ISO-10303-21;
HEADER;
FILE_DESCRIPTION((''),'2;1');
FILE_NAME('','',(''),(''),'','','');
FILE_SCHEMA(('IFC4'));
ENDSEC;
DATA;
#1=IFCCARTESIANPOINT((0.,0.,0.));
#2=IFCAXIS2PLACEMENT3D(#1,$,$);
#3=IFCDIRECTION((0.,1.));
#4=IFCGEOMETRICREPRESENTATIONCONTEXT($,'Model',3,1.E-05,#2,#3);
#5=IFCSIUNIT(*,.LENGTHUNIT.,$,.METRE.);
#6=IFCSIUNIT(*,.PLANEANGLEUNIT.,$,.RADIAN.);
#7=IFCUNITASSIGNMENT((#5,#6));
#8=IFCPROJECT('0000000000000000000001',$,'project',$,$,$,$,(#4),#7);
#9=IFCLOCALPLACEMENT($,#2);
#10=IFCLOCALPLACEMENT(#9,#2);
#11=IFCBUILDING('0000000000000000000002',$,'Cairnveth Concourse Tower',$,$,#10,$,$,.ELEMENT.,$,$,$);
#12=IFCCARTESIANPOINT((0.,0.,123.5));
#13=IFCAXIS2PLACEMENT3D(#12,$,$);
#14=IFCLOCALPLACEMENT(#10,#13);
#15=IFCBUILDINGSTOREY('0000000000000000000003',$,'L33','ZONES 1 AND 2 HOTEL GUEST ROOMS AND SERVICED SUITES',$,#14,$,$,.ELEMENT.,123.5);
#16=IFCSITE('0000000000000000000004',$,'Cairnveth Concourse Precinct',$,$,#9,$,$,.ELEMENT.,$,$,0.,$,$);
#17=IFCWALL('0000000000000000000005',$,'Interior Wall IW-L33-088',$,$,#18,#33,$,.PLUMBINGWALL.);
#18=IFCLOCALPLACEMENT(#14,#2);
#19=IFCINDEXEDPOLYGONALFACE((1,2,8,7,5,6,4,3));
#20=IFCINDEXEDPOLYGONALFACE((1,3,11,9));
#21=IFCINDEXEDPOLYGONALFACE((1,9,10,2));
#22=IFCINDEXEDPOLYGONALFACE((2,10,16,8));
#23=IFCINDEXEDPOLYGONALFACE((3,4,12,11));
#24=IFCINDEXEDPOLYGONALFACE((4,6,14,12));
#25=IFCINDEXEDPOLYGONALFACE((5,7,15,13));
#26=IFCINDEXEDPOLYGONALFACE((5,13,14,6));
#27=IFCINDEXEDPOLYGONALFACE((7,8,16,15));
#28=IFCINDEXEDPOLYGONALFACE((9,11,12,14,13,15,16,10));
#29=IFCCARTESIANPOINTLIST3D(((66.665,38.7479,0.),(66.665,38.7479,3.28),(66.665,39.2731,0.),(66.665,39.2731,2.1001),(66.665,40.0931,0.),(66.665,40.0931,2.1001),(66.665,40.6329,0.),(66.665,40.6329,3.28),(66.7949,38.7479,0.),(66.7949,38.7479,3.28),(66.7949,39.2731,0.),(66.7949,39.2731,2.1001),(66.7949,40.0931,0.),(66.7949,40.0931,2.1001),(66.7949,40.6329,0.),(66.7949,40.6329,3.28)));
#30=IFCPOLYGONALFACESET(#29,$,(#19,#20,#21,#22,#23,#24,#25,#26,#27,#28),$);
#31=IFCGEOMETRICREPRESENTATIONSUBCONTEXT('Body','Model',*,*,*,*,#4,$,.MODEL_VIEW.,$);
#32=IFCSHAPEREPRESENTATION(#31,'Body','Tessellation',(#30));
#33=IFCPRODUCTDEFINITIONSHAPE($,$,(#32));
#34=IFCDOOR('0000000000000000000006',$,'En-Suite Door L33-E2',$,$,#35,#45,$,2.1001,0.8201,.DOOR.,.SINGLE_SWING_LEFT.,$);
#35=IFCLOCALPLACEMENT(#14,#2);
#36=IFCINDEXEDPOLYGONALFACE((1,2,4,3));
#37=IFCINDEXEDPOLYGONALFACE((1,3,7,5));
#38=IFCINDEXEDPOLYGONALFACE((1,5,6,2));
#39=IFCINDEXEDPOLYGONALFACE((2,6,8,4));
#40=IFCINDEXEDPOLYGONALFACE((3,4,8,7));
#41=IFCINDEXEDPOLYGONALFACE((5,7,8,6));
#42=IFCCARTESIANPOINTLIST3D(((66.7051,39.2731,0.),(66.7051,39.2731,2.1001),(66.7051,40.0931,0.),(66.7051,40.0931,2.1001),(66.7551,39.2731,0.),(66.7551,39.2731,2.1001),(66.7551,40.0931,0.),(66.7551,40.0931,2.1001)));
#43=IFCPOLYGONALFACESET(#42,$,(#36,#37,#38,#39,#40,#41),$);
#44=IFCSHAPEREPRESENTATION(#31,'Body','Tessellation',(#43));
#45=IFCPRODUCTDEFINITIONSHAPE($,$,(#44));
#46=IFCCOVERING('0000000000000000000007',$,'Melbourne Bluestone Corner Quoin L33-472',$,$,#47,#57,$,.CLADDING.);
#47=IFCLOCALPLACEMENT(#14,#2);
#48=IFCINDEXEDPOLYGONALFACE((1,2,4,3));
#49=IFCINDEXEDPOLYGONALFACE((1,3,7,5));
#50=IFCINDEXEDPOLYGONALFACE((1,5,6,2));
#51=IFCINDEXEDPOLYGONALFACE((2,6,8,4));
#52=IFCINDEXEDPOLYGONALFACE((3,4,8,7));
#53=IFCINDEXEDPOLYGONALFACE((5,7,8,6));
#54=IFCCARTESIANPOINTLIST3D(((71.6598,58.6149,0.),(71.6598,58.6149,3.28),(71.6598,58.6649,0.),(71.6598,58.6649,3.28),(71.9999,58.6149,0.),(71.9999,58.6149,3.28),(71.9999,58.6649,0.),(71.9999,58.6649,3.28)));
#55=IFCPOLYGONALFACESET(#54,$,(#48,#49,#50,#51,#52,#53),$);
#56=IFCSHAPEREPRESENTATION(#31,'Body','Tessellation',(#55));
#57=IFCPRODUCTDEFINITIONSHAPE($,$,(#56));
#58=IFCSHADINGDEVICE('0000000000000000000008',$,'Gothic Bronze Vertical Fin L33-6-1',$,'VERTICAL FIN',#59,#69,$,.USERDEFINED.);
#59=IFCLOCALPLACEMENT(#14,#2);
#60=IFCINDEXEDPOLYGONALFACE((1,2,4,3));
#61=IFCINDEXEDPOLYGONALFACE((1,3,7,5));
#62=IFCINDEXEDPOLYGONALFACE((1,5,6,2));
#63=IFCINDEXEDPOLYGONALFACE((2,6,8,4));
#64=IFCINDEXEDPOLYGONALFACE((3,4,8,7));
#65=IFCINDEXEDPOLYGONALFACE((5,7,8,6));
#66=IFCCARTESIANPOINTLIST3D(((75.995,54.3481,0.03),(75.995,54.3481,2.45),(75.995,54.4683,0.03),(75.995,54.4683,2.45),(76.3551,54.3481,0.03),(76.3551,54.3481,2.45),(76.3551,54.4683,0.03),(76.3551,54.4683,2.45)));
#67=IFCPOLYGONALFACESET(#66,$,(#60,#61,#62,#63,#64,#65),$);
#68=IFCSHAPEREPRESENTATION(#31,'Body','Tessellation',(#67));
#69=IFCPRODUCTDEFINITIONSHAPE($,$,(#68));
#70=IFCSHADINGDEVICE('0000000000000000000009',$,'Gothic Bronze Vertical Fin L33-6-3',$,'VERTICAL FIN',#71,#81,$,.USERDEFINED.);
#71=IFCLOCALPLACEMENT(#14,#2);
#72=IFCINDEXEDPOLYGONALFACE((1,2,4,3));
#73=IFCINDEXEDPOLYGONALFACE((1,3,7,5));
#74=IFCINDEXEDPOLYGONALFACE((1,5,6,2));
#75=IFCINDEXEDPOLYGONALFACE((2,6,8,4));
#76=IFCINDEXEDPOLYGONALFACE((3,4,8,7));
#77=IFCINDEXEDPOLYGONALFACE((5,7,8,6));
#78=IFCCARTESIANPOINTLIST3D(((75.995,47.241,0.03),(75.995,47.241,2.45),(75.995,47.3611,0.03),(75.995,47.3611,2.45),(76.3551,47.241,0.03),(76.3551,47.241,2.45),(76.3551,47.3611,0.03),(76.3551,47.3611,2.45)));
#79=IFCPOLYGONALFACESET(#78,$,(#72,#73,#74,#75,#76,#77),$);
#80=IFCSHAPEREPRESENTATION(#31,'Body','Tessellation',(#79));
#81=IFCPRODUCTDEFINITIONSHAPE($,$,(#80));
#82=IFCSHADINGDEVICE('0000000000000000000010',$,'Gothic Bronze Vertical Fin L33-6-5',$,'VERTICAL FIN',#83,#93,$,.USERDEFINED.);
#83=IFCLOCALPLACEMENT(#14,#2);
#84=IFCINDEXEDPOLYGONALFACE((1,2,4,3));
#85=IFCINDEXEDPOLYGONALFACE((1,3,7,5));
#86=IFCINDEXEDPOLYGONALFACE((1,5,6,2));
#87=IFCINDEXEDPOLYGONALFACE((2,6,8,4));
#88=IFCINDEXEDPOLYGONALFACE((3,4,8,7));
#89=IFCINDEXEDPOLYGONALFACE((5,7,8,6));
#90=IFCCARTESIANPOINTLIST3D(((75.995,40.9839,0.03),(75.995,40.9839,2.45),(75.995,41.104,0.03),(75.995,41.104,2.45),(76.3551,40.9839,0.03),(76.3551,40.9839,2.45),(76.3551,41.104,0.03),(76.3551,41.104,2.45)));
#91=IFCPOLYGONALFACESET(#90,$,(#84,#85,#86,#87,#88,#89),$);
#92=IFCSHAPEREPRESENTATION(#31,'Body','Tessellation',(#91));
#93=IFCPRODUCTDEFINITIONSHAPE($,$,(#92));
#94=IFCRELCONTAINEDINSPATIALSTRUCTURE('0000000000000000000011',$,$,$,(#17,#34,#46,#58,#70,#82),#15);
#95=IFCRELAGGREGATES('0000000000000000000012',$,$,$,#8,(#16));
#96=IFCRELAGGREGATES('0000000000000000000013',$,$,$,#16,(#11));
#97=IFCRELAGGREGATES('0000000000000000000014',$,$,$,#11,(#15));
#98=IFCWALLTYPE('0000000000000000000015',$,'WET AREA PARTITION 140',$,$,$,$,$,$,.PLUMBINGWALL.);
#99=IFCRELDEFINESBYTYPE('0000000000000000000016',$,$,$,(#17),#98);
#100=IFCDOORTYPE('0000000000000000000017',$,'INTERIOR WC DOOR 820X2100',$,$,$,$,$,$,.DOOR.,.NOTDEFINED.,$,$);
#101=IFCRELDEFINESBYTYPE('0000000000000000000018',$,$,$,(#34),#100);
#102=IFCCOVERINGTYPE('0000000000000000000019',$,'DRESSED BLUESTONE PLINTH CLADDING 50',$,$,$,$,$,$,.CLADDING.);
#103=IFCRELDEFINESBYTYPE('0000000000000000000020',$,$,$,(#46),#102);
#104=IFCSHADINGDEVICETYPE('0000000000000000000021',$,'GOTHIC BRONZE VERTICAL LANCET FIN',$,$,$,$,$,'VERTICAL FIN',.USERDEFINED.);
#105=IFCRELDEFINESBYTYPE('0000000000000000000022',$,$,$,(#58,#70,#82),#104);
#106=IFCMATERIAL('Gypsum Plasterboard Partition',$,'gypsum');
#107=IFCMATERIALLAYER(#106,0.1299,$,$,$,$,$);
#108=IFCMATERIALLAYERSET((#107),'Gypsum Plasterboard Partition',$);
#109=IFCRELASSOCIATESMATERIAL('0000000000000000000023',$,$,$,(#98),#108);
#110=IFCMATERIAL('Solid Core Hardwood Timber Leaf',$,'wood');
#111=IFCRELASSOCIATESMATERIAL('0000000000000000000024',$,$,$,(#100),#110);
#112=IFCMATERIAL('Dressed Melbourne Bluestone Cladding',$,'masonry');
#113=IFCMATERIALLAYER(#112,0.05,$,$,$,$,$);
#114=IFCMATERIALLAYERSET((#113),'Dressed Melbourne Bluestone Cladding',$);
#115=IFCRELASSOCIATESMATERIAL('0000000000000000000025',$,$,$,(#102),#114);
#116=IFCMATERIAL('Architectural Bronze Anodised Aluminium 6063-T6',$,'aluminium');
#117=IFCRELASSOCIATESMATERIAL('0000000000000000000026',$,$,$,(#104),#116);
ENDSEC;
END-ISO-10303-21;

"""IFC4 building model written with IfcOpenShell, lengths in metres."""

from ifc_helpers import new_model, si_unit, direction, frame, frame_2d, origin, origin_2d, place, context, subcontext, project, spatial, rectangle, extrude, material, layer, layer_set, type_object, element, fill, save


model = new_model("IFC4")

# Units and contexts
model_context = context("Model", 3, precision=1e-05, world=origin(), true_north=direction((0.0, 1.0)))
body_context = subcontext(model_context, "Body", "Model", "MODEL_VIEW")
ifc_project = project(units=[si_unit("LENGTHUNIT", "METRE"), si_unit("PLANEANGLEUNIT", "RADIAN")], contexts=[model_context])

# Site, building, storey
site_placement = place(None, origin())
site = spatial("IfcSite", under=ifc_project, at=site_placement, Name="Cairnveth Concourse Precinct", CompositionType="ELEMENT", RefElevation=0.0)
building_placement = place(site_placement, origin())
building = spatial("IfcBuilding", under=site, at=building_placement, Name="Cairnveth Concourse Tower", CompositionType="ELEMENT")
storey_placement = place(building_placement, frame((0.0, 0.0, 123.5)))
storey = spatial("IfcBuildingStorey", under=building, at=storey_placement, Name="L33", Description="ZONES 1 AND 2 HOTEL GUEST ROOMS AND SERVICED SUITES", CompositionType="ELEMENT", Elevation=123.5)

# Shared definitions
ifc_material_1 = material(Name="Gypsum Plasterboard Partition", Category="gypsum")

# Shared definitions
ifc_layer_1 = layer(ifc_material_1, 0.1299)
ifc_layer_set_1 = layer_set([ifc_layer_1], Name="Gypsum Plasterboard Partition")
wall_type_1 = type_object("IfcWallType", Name="WET AREA PARTITION 140", PredefinedType="PLUMBINGWALL", material=ifc_layer_set_1)

# Wall, opening, door
wall_1_placement = place(storey_placement, frame((66.73, 38.748, 0.0), z_axis=(0.0, 0.0, 1.0), x_axis=(0.0, 1.0, 0.0)))
wall_1 = element("IfcWall", 1, at=wall_1_placement, inside=storey, type_object=wall_type_1, Name="Interior Wall IW-L33-088", PredefinedType="PLUMBINGWALL", context=body_context, shape_type="SweptSolid", body=[
    extrude(rectangle(XDim=1.885, YDim=0.1299, at=frame_2d((0.9424, 0.0))), origin(), (0.0, 0.0, 1.0), 3.28),
])
opening_1_placement = place(wall_1_placement, frame((0.5249, 0.0, 0.0)))
opening_1 = element("IfcOpeningElement", 2, at=opening_1_placement, cuts=wall_1, PredefinedType="OPENING", context=body_context, shape_type="SweptSolid", body=[
    extrude(rectangle(XDim=0.8201, YDim=2.1001, at=frame_2d((0.4102, 1.05))), frame((0.0, 0.075, 0.0), z_axis=(0.0, -1.0, 0.0), x_axis=(1.0, 0.0, 0.0)), (0.0, 0.0, 1.0), 0.1499),
])
ifc_material_2 = material(Name="Solid Core Hardwood Timber Leaf", Category="wood")
door_type_1 = type_object("IfcDoorType", Name="INTERIOR WC DOOR 820X2100", OperationType="NOTDEFINED", PredefinedType="DOOR", material=ifc_material_2)
door_1_placement = place(opening_1_placement, origin())
door_1 = element("IfcDoor", 3, at=door_1_placement, inside=storey, type_object=door_type_1, Name="En-Suite Door L33-E2", OperationType="SINGLE_SWING_LEFT", OverallHeight=2.1001, OverallWidth=0.8201, PredefinedType="DOOR", context=body_context, shape_type="SweptSolid", body=[
    extrude(rectangle(XDim=0.8201, YDim=2.1001, at=frame_2d((0.4102, 1.05))), frame((0.0, 0.0249, 0.0), z_axis=(0.0, -1.0, 0.0), x_axis=(1.0, 0.0, 0.0)), (0.0, 0.0, 1.0), 0.05),
])
fill(opening_1, door_1)

# Covering
ifc_material_3 = material(Name="Dressed Melbourne Bluestone Cladding", Category="masonry")
ifc_layer_2 = layer(ifc_material_3, 0.05)
ifc_layer_set_2 = layer_set([ifc_layer_2], Name="Dressed Melbourne Bluestone Cladding")
covering_type = type_object("IfcCoveringType", Name="DRESSED BLUESTONE PLINTH CLADDING 50", PredefinedType="CLADDING", material=ifc_layer_set_2)
covering_placement = place(storey_placement, frame((71.6599, 58.6399, 0.0), z_axis=(0.0, 0.0, 1.0), x_axis=(1.0, 0.0, 0.0)))
element("IfcCovering", 4, at=covering_placement, inside=storey, type_object=covering_type, Name="Melbourne Bluestone Corner Quoin L33-472", PredefinedType="CLADDING", context=body_context, shape_type="SweptSolid", body=[
    extrude(rectangle(XDim=0.3401, YDim=0.05, at=frame_2d((0.1699, 0.0))), origin(), (0.0, 0.0, 1.0), 3.28),
])

# Shading devices
ifc_material_4 = material(Name="Architectural Bronze Anodised Aluminium 6063-T6", Category="aluminium")
shading_device_type = type_object("IfcShadingDeviceType", Name="GOTHIC BRONZE VERTICAL LANCET FIN", ElementType="VERTICAL FIN", PredefinedType="USERDEFINED", material=ifc_material_4)
for number, where, z_axis, x_axis, name in (
    (5, (76.175, 54.4082, 0.03), (0.0, 0.0, 1.0), (0.0, 1.0, 0.0), "Gothic Bronze Vertical Fin L33-6-1"),
    (6, (76.175, 47.301, 0.03), (0.0, 0.0, 1.0), (0.0, 1.0, 0.0), "Gothic Bronze Vertical Fin L33-6-3"),
    (7, (76.175, 41.0439, 0.03), (0.0, 0.0, 1.0), (0.0, 1.0, 0.0), "Gothic Bronze Vertical Fin L33-6-5"),
):
    element("IfcShadingDevice", number, at=place(storey_placement, frame(where, z_axis=z_axis, x_axis=x_axis)), inside=storey, type_object=shading_device_type, Name=name, ObjectType="VERTICAL FIN", PredefinedType="USERDEFINED", context=body_context, shape_type="SweptSolid", body=[
        extrude(rectangle(XDim=0.1201, YDim=0.3601, at=origin_2d()), origin(), (0.0, 0.0, 1.0), 2.4199),
    ])

save(model, "model.ifc")
